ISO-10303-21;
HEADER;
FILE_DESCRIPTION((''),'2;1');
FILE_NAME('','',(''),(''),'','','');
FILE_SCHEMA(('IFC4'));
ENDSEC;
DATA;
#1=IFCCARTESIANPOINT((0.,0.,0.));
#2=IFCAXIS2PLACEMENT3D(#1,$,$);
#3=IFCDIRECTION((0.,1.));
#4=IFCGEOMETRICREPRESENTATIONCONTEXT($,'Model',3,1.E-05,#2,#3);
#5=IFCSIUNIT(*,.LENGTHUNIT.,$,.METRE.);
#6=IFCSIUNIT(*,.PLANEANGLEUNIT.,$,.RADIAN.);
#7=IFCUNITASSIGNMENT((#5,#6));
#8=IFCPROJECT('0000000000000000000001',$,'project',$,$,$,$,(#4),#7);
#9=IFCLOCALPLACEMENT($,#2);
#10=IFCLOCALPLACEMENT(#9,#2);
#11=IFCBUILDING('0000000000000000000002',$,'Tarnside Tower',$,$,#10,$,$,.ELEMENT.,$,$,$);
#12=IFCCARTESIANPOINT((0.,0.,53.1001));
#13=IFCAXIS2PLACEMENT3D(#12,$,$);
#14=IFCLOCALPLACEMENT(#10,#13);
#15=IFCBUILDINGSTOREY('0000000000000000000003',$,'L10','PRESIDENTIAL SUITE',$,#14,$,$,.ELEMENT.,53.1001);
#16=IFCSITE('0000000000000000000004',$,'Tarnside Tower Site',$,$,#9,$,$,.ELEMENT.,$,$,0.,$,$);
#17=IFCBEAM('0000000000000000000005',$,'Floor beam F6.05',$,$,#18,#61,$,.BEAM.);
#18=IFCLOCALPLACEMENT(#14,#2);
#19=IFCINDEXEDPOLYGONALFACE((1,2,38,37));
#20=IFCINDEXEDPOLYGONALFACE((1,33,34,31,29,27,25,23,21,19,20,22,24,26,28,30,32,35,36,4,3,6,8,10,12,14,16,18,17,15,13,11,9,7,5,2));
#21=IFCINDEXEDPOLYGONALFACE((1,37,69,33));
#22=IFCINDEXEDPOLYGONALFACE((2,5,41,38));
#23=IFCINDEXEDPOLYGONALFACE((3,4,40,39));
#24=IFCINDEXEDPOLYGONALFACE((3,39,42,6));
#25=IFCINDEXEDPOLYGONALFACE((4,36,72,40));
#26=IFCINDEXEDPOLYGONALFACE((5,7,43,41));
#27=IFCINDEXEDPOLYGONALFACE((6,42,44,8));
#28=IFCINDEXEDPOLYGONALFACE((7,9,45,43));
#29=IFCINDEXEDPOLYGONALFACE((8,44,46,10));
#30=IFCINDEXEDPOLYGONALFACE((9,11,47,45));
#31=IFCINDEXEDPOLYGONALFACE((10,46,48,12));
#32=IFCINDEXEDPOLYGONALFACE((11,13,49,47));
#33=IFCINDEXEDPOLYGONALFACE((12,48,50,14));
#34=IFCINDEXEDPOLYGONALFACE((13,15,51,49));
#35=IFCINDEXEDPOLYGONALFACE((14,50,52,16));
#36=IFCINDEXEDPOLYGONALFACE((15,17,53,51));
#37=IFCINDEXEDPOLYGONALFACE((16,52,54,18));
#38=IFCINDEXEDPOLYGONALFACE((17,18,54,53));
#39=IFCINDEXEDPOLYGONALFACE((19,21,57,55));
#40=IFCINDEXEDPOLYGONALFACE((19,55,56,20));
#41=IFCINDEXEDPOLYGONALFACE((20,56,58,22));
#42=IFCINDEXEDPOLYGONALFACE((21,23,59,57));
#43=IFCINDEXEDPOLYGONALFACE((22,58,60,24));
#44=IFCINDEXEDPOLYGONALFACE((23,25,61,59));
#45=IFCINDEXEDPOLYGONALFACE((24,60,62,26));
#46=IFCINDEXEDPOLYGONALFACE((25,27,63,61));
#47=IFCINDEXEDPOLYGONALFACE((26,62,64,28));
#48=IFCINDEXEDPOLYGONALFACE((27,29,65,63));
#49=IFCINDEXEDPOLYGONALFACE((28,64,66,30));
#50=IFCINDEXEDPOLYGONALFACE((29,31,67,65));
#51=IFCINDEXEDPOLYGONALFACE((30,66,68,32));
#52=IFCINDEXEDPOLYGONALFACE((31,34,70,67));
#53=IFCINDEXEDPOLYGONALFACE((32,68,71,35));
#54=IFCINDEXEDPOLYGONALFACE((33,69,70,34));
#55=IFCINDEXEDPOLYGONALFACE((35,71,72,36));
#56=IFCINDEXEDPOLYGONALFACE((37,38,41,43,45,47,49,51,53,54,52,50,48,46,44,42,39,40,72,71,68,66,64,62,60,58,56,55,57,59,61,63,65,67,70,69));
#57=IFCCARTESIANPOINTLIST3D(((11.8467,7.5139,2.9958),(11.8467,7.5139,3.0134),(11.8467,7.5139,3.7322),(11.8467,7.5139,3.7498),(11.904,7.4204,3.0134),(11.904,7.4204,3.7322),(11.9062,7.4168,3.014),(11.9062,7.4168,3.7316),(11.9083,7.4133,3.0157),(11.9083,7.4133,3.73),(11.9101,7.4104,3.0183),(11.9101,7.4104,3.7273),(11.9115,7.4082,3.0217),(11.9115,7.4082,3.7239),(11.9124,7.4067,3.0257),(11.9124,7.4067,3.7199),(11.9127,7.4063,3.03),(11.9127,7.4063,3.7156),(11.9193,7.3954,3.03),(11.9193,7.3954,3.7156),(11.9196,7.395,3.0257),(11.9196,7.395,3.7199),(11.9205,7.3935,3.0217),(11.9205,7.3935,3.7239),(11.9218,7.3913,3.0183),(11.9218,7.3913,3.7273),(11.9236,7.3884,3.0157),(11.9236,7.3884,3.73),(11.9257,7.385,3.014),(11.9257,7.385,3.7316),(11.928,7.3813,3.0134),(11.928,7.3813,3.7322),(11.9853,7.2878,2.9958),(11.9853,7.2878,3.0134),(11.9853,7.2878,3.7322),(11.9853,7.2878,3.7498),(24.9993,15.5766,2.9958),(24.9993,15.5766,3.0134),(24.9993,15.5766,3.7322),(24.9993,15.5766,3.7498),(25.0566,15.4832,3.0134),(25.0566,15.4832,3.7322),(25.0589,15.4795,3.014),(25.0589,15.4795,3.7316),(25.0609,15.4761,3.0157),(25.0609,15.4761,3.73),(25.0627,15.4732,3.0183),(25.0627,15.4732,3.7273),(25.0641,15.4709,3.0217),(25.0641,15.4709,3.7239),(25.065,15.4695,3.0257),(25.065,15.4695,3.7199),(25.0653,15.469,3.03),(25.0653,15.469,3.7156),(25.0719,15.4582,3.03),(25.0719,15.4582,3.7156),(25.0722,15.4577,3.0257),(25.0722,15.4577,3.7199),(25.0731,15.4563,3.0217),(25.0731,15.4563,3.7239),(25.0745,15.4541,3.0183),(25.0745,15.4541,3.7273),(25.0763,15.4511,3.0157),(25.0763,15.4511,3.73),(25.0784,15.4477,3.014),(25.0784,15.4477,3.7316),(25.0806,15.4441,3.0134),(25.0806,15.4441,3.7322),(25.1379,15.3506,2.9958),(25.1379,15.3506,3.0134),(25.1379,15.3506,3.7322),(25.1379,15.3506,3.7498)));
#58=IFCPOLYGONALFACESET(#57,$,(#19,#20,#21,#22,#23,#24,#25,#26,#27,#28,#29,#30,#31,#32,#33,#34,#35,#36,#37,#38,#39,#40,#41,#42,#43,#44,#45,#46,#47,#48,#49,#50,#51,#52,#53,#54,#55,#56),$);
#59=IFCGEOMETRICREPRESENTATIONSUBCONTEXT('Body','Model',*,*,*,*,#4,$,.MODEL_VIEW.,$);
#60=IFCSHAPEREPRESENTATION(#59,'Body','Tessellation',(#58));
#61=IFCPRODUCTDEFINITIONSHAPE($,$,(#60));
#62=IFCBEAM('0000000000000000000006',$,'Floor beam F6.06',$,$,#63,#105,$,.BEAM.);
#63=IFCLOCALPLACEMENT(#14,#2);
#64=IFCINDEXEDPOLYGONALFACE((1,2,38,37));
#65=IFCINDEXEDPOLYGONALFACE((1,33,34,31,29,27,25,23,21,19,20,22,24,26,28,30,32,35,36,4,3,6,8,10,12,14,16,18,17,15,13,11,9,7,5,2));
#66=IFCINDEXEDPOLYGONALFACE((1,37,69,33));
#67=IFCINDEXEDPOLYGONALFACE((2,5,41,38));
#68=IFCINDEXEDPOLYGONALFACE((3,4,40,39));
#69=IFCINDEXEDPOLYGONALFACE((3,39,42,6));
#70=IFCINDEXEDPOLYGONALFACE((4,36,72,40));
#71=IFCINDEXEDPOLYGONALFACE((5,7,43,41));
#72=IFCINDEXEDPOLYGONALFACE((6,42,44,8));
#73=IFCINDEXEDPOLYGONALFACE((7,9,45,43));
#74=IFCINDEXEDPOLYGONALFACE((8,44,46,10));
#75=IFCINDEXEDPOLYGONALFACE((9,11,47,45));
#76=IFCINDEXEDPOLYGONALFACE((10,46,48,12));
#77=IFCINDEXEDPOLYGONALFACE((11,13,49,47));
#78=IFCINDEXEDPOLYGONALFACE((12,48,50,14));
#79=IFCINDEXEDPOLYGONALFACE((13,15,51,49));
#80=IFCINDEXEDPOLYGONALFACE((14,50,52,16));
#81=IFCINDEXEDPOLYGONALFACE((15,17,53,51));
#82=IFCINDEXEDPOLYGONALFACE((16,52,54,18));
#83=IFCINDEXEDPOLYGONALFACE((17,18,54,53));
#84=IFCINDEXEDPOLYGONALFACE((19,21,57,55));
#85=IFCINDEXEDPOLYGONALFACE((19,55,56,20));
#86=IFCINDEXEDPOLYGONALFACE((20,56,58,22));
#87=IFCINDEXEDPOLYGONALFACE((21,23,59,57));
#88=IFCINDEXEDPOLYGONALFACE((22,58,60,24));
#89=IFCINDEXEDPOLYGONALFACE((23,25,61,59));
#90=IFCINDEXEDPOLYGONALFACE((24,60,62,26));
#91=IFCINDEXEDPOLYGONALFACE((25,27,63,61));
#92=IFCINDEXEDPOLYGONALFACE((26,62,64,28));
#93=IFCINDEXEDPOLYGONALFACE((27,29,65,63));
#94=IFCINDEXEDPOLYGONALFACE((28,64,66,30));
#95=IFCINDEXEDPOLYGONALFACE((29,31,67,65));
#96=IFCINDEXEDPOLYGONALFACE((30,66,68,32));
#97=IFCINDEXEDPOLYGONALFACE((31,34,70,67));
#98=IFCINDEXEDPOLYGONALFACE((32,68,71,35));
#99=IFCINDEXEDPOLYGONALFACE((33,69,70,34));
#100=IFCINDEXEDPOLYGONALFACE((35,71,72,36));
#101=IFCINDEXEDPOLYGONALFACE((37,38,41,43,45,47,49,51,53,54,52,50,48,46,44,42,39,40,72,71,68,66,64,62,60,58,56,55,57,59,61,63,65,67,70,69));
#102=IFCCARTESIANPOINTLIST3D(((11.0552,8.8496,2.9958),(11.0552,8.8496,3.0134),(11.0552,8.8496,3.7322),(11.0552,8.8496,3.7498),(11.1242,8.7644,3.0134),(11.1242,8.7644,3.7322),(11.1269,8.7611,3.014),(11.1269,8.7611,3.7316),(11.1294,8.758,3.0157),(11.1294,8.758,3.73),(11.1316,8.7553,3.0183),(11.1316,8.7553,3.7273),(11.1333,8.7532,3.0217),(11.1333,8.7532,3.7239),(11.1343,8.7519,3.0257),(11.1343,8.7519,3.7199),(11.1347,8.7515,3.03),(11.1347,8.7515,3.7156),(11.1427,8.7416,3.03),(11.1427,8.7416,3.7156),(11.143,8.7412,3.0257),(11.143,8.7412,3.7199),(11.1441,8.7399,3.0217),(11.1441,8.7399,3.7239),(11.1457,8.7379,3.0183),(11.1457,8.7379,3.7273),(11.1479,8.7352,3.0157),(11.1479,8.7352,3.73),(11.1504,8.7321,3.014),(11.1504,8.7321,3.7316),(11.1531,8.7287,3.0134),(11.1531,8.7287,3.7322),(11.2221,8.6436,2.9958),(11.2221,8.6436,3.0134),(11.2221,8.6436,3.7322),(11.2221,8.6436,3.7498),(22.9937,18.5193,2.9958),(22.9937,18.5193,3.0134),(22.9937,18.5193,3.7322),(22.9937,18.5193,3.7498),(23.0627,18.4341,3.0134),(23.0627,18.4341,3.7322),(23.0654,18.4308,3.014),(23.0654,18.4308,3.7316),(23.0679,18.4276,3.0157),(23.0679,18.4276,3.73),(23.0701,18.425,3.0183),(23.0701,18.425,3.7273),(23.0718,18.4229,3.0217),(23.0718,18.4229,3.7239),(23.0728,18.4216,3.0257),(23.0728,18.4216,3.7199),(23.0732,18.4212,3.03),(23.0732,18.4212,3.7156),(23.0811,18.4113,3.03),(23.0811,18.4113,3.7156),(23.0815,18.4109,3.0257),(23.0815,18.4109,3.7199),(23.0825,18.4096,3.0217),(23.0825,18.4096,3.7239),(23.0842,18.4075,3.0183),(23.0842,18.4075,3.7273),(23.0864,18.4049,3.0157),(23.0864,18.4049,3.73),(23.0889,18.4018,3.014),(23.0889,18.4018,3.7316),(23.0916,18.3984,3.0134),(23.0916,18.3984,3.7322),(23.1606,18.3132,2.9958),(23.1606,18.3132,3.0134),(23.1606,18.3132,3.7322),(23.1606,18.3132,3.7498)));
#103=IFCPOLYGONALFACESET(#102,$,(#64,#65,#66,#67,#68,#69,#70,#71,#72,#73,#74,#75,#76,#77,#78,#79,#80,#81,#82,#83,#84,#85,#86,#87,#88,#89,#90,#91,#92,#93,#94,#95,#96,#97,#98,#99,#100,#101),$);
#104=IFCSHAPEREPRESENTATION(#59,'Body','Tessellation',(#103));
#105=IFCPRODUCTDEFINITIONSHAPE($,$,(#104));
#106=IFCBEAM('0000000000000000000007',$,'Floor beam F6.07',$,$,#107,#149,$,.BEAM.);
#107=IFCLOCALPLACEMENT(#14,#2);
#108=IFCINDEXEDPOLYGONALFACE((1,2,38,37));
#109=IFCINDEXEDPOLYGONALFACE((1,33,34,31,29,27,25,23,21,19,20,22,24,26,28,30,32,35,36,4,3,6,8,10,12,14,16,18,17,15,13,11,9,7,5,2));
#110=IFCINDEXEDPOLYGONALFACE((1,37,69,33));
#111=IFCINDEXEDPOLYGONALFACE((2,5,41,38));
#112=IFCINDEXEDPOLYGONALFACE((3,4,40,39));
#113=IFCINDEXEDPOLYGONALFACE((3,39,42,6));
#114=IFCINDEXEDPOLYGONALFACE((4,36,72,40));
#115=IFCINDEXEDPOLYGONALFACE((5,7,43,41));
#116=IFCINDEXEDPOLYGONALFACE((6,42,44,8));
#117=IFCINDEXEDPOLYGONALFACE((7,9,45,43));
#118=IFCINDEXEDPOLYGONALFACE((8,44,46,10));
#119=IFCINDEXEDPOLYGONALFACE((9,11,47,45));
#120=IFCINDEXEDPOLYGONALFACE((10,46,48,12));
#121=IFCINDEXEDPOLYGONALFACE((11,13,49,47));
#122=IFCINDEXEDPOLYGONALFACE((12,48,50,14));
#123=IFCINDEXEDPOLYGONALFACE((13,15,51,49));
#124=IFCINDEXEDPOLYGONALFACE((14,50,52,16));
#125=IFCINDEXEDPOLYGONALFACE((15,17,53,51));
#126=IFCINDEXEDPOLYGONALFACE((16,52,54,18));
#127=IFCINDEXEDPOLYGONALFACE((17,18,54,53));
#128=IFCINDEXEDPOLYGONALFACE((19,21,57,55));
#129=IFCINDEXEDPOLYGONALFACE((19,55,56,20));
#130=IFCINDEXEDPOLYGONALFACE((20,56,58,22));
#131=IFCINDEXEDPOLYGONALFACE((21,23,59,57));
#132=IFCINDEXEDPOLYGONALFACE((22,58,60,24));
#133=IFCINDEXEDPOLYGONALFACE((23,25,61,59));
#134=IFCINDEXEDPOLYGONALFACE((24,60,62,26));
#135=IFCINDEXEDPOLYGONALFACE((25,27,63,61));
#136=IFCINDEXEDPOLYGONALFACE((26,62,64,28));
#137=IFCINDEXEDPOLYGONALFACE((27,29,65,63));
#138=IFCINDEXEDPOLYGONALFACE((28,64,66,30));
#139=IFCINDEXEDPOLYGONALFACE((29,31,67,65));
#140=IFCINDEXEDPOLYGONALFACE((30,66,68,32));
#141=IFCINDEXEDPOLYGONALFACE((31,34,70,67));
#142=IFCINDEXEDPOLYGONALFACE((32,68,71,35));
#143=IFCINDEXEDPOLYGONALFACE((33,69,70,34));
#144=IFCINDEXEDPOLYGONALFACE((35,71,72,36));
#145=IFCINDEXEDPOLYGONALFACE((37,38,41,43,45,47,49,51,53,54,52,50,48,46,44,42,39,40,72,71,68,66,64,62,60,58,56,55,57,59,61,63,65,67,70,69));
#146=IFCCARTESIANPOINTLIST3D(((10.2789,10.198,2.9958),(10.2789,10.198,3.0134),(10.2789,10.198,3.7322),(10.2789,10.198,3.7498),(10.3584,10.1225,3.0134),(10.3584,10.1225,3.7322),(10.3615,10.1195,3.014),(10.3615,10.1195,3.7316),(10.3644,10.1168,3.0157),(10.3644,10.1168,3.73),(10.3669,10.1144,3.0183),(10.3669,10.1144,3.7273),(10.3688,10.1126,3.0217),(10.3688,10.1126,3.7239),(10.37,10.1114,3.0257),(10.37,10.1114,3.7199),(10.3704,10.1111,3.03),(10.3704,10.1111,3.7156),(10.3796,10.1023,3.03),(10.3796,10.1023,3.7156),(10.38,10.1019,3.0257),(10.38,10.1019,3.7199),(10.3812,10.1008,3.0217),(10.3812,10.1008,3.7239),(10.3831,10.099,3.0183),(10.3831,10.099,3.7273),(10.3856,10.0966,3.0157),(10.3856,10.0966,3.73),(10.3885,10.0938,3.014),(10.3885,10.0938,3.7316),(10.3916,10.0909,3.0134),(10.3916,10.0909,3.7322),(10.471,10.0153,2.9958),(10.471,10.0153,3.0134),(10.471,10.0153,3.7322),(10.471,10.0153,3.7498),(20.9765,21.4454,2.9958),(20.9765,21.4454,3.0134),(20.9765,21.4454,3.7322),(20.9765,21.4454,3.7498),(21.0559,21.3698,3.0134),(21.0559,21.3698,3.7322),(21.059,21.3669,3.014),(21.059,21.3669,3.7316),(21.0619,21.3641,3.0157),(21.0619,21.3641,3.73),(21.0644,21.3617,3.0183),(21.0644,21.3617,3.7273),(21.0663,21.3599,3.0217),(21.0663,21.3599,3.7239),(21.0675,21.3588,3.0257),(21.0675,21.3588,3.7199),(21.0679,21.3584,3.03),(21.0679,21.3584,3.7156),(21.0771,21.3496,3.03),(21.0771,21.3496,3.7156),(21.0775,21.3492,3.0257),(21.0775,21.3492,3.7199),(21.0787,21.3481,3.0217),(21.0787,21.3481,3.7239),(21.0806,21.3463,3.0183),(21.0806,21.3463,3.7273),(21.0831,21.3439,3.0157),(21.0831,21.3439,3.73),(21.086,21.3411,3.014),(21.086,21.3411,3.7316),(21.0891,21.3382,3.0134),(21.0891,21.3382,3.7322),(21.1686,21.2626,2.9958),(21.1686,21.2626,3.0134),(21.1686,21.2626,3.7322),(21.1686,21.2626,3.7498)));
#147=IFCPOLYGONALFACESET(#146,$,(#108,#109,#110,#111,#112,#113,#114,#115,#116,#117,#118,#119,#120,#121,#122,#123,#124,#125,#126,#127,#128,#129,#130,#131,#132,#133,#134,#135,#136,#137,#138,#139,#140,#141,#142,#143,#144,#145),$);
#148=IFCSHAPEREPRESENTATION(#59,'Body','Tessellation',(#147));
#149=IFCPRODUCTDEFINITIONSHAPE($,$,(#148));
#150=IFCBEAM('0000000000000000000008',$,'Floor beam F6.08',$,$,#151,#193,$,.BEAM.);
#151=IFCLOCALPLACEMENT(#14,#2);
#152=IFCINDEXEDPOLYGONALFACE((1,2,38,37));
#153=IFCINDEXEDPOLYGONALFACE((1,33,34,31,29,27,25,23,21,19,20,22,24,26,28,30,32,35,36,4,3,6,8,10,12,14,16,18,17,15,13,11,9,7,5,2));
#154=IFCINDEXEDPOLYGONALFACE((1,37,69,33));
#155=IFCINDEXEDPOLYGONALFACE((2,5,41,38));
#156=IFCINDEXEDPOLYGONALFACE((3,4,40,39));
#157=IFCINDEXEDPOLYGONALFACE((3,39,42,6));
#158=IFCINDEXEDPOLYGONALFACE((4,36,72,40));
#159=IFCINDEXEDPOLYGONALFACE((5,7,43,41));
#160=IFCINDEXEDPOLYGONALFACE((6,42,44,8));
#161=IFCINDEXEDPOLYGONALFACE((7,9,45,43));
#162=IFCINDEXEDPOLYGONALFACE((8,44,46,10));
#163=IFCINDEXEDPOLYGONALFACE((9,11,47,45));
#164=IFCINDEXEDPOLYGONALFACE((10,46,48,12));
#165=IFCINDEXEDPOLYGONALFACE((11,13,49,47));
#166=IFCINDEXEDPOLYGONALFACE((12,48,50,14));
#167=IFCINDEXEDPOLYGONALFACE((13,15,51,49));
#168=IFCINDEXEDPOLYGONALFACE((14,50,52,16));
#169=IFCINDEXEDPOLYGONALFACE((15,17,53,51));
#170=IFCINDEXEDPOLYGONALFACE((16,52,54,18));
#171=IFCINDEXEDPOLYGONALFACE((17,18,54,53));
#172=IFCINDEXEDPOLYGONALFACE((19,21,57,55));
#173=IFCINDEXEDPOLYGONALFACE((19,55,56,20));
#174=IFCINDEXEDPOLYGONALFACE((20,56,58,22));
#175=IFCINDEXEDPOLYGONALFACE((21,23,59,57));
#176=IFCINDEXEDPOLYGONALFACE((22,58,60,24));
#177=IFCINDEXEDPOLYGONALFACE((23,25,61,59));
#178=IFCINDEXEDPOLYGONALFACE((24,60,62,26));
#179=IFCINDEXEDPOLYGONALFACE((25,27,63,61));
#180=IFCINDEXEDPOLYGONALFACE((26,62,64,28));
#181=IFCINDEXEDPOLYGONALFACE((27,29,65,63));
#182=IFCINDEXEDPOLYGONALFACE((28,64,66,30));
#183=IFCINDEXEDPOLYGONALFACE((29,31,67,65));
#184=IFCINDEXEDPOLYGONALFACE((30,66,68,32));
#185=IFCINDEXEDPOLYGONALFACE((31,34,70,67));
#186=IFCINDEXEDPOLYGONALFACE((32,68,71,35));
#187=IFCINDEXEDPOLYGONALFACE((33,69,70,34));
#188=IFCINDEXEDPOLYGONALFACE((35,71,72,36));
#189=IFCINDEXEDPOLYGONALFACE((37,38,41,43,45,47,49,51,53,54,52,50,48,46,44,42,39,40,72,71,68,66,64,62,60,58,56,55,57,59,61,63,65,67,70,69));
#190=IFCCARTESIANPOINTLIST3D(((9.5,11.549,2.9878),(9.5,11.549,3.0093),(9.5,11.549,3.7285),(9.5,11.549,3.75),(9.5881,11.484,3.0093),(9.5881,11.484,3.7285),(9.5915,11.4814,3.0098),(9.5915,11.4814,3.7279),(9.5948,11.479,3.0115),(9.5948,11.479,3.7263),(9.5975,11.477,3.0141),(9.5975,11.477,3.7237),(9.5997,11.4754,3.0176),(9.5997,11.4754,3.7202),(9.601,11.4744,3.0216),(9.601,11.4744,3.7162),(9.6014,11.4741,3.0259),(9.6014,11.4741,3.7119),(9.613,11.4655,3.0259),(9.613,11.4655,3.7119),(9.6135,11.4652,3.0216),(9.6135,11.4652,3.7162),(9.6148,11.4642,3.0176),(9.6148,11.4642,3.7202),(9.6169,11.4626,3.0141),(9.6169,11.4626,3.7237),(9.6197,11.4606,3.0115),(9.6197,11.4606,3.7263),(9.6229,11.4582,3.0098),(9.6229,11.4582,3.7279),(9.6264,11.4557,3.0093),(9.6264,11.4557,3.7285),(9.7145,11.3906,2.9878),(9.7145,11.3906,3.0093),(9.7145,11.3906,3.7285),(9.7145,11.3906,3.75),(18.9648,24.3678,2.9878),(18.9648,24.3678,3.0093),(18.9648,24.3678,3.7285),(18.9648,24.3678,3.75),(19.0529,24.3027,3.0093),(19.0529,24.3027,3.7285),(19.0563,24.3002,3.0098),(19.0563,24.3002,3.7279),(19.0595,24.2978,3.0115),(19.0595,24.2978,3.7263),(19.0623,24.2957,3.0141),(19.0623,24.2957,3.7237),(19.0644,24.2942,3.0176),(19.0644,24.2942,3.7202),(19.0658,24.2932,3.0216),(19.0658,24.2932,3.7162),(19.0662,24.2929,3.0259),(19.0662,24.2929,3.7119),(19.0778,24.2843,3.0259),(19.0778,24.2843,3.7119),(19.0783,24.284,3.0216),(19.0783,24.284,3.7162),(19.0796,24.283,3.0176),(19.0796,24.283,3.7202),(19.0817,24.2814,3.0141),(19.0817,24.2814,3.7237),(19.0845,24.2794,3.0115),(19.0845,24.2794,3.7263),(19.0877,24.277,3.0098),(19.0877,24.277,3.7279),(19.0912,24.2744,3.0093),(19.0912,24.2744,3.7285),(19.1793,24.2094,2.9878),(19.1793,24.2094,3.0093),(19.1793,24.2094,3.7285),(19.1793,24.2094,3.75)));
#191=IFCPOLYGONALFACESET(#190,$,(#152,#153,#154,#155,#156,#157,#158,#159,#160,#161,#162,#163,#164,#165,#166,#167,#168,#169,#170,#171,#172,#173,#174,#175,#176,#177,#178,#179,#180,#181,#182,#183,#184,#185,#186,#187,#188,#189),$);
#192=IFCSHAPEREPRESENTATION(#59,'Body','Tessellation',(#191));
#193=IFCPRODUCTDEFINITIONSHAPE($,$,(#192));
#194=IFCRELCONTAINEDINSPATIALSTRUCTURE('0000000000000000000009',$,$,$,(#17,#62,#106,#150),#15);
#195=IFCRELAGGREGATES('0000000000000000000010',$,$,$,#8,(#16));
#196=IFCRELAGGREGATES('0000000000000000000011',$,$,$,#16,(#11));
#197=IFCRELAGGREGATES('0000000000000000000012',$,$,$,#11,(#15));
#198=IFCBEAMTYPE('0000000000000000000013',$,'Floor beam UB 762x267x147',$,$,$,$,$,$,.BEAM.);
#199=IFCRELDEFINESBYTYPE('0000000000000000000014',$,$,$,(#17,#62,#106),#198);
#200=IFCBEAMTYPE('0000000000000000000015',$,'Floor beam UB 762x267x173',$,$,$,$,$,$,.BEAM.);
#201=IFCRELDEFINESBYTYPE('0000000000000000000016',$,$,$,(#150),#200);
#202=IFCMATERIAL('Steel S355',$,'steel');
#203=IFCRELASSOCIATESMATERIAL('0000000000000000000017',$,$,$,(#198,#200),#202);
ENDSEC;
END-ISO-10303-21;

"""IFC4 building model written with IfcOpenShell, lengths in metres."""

from ifc_helpers import new_model, si_unit, direction, frame, origin, origin_2d, place, context, subcontext, project, spatial, i_section, extrude, material, material_profile, profile_set, type_object, element, save


model = new_model("IFC4")

# Units and contexts
model_context = context("Model", 3, precision=1e-05, world=origin(), true_north=direction((0.0, 1.0)))
body_context = subcontext(model_context, "Body", "Model", "MODEL_VIEW")
ifc_project = project(units=[si_unit("LENGTHUNIT", "METRE"), si_unit("PLANEANGLEUNIT", "RADIAN")], contexts=[model_context])

# Site, building, storey
site_placement = place(None, origin())
site = spatial("IfcSite", under=ifc_project, at=site_placement, Name="Tarnside Tower Site", CompositionType="ELEMENT", RefElevation=0.0)
building_placement = place(site_placement, origin())
building = spatial("IfcBuilding", under=site, at=building_placement, Name="Tarnside Tower", CompositionType="ELEMENT")
storey_placement = place(building_placement, frame((0.0, 0.0, 53.1001)))
storey = spatial("IfcBuildingStorey", under=building, at=storey_placement, Name="L10", Description="PRESIDENTIAL SUITE", CompositionType="ELEMENT", Elevation=53.1001)

# Beams
ifc_material_1 = material(Name="Steel S355", Category="steel")
ifc_material_profile_1 = material_profile(ifc_material_1, i_section(OverallWidth=0.2651, OverallDepth=0.7539, WebThickness=0.0127, FlangeThickness=0.0176, FilletRadius=0.0166, at=origin_2d()), Name="UB 762x267x147")
ifc_profile_set_1 = profile_set([ifc_material_profile_1], Name="Steel S355")
beam_type_1 = type_object("IfcBeamType", Name="Floor beam UB 762x267x147", PredefinedType="BEAM", material=ifc_profile_set_1)
beam_1_placement = place(storey_placement, frame((25.0686, 15.4636, 3.3728), z_axis=(-0.852558, -0.522632, 0.0), x_axis=(0.522632, -0.852558, 0.0)))
element("IfcBeam", 1, at=beam_1_placement, inside=storey, type_object=beam_type_1, Name="Floor beam F6.05", PredefinedType="BEAM", context=body_context, shape_type="SweptSolid", body=[
    extrude(i_section(OverallWidth=0.2651, OverallDepth=0.7539, WebThickness=0.0127, FlangeThickness=0.0176, FilletRadius=0.0166, at=origin_2d()), origin(), (0.0, 0.0, 1.0), 15.4272),
])
beam_2_placement = place(storey_placement, frame((23.0771, 18.4163, 3.3728), z_axis=(-0.777079, -0.629403, 0.0), x_axis=(0.629403, -0.777079, 0.0)))
element("IfcBeam", 2, at=beam_2_placement, inside=storey, type_object=beam_type_1, Name="Floor beam F6.06", PredefinedType="BEAM", context=body_context, shape_type="SweptSolid", body=[
    extrude(i_section(OverallWidth=0.2651, OverallDepth=0.7539, WebThickness=0.0127, FlangeThickness=0.0176, FilletRadius=0.0166, at=origin_2d()), origin(), (0.0, 0.0, 1.0), 15.3633),
])
beam_3_placement = place(storey_placement, frame((21.0725, 21.354, 3.3728), z_axis=(-0.689175, -0.724595, 0.0), x_axis=(0.724595, -0.689175, 0.0)))
element("IfcBeam", 3, at=beam_3_placement, inside=storey, type_object=beam_type_1, Name="Floor beam F6.07", PredefinedType="BEAM", context=body_context, shape_type="SweptSolid", body=[
    extrude(i_section(OverallWidth=0.2651, OverallDepth=0.7539, WebThickness=0.0127, FlangeThickness=0.0176, FilletRadius=0.0166, at=origin_2d()), origin(), (0.0, 0.0, 1.0), 15.5222),
])
ifc_material_profile_2 = material_profile(ifc_material_1, i_section(OverallWidth=0.2666, OverallDepth=0.7622, WebThickness=0.0144, FlangeThickness=0.0215, FilletRadius=0.0166, at=origin_2d()), Name="UB 762x267x173")
ifc_profile_set_2 = profile_set([ifc_material_profile_2], Name="Steel S355")
beam_type_2 = type_object("IfcBeamType", Name="Floor beam UB 762x267x173", PredefinedType="BEAM", material=ifc_profile_set_2)
beam_4_placement = place(storey_placement, frame((19.072, 24.2886, 3.3689), z_axis=(-0.593987, -0.804475, 0.0), x_axis=(0.804475, -0.593987, 0.0)))
element("IfcBeam", 4, at=beam_4_placement, inside=storey, type_object=beam_type_2, Name="Floor beam F6.08", PredefinedType="BEAM", context=body_context, shape_type="SweptSolid", body=[
    extrude(i_section(OverallWidth=0.2666, OverallDepth=0.7622, WebThickness=0.0144, FlangeThickness=0.0215, FilletRadius=0.0166, at=origin_2d()), origin(), (0.0, 0.0, 1.0), 15.9343),
])

save(model, "model.ifc")
